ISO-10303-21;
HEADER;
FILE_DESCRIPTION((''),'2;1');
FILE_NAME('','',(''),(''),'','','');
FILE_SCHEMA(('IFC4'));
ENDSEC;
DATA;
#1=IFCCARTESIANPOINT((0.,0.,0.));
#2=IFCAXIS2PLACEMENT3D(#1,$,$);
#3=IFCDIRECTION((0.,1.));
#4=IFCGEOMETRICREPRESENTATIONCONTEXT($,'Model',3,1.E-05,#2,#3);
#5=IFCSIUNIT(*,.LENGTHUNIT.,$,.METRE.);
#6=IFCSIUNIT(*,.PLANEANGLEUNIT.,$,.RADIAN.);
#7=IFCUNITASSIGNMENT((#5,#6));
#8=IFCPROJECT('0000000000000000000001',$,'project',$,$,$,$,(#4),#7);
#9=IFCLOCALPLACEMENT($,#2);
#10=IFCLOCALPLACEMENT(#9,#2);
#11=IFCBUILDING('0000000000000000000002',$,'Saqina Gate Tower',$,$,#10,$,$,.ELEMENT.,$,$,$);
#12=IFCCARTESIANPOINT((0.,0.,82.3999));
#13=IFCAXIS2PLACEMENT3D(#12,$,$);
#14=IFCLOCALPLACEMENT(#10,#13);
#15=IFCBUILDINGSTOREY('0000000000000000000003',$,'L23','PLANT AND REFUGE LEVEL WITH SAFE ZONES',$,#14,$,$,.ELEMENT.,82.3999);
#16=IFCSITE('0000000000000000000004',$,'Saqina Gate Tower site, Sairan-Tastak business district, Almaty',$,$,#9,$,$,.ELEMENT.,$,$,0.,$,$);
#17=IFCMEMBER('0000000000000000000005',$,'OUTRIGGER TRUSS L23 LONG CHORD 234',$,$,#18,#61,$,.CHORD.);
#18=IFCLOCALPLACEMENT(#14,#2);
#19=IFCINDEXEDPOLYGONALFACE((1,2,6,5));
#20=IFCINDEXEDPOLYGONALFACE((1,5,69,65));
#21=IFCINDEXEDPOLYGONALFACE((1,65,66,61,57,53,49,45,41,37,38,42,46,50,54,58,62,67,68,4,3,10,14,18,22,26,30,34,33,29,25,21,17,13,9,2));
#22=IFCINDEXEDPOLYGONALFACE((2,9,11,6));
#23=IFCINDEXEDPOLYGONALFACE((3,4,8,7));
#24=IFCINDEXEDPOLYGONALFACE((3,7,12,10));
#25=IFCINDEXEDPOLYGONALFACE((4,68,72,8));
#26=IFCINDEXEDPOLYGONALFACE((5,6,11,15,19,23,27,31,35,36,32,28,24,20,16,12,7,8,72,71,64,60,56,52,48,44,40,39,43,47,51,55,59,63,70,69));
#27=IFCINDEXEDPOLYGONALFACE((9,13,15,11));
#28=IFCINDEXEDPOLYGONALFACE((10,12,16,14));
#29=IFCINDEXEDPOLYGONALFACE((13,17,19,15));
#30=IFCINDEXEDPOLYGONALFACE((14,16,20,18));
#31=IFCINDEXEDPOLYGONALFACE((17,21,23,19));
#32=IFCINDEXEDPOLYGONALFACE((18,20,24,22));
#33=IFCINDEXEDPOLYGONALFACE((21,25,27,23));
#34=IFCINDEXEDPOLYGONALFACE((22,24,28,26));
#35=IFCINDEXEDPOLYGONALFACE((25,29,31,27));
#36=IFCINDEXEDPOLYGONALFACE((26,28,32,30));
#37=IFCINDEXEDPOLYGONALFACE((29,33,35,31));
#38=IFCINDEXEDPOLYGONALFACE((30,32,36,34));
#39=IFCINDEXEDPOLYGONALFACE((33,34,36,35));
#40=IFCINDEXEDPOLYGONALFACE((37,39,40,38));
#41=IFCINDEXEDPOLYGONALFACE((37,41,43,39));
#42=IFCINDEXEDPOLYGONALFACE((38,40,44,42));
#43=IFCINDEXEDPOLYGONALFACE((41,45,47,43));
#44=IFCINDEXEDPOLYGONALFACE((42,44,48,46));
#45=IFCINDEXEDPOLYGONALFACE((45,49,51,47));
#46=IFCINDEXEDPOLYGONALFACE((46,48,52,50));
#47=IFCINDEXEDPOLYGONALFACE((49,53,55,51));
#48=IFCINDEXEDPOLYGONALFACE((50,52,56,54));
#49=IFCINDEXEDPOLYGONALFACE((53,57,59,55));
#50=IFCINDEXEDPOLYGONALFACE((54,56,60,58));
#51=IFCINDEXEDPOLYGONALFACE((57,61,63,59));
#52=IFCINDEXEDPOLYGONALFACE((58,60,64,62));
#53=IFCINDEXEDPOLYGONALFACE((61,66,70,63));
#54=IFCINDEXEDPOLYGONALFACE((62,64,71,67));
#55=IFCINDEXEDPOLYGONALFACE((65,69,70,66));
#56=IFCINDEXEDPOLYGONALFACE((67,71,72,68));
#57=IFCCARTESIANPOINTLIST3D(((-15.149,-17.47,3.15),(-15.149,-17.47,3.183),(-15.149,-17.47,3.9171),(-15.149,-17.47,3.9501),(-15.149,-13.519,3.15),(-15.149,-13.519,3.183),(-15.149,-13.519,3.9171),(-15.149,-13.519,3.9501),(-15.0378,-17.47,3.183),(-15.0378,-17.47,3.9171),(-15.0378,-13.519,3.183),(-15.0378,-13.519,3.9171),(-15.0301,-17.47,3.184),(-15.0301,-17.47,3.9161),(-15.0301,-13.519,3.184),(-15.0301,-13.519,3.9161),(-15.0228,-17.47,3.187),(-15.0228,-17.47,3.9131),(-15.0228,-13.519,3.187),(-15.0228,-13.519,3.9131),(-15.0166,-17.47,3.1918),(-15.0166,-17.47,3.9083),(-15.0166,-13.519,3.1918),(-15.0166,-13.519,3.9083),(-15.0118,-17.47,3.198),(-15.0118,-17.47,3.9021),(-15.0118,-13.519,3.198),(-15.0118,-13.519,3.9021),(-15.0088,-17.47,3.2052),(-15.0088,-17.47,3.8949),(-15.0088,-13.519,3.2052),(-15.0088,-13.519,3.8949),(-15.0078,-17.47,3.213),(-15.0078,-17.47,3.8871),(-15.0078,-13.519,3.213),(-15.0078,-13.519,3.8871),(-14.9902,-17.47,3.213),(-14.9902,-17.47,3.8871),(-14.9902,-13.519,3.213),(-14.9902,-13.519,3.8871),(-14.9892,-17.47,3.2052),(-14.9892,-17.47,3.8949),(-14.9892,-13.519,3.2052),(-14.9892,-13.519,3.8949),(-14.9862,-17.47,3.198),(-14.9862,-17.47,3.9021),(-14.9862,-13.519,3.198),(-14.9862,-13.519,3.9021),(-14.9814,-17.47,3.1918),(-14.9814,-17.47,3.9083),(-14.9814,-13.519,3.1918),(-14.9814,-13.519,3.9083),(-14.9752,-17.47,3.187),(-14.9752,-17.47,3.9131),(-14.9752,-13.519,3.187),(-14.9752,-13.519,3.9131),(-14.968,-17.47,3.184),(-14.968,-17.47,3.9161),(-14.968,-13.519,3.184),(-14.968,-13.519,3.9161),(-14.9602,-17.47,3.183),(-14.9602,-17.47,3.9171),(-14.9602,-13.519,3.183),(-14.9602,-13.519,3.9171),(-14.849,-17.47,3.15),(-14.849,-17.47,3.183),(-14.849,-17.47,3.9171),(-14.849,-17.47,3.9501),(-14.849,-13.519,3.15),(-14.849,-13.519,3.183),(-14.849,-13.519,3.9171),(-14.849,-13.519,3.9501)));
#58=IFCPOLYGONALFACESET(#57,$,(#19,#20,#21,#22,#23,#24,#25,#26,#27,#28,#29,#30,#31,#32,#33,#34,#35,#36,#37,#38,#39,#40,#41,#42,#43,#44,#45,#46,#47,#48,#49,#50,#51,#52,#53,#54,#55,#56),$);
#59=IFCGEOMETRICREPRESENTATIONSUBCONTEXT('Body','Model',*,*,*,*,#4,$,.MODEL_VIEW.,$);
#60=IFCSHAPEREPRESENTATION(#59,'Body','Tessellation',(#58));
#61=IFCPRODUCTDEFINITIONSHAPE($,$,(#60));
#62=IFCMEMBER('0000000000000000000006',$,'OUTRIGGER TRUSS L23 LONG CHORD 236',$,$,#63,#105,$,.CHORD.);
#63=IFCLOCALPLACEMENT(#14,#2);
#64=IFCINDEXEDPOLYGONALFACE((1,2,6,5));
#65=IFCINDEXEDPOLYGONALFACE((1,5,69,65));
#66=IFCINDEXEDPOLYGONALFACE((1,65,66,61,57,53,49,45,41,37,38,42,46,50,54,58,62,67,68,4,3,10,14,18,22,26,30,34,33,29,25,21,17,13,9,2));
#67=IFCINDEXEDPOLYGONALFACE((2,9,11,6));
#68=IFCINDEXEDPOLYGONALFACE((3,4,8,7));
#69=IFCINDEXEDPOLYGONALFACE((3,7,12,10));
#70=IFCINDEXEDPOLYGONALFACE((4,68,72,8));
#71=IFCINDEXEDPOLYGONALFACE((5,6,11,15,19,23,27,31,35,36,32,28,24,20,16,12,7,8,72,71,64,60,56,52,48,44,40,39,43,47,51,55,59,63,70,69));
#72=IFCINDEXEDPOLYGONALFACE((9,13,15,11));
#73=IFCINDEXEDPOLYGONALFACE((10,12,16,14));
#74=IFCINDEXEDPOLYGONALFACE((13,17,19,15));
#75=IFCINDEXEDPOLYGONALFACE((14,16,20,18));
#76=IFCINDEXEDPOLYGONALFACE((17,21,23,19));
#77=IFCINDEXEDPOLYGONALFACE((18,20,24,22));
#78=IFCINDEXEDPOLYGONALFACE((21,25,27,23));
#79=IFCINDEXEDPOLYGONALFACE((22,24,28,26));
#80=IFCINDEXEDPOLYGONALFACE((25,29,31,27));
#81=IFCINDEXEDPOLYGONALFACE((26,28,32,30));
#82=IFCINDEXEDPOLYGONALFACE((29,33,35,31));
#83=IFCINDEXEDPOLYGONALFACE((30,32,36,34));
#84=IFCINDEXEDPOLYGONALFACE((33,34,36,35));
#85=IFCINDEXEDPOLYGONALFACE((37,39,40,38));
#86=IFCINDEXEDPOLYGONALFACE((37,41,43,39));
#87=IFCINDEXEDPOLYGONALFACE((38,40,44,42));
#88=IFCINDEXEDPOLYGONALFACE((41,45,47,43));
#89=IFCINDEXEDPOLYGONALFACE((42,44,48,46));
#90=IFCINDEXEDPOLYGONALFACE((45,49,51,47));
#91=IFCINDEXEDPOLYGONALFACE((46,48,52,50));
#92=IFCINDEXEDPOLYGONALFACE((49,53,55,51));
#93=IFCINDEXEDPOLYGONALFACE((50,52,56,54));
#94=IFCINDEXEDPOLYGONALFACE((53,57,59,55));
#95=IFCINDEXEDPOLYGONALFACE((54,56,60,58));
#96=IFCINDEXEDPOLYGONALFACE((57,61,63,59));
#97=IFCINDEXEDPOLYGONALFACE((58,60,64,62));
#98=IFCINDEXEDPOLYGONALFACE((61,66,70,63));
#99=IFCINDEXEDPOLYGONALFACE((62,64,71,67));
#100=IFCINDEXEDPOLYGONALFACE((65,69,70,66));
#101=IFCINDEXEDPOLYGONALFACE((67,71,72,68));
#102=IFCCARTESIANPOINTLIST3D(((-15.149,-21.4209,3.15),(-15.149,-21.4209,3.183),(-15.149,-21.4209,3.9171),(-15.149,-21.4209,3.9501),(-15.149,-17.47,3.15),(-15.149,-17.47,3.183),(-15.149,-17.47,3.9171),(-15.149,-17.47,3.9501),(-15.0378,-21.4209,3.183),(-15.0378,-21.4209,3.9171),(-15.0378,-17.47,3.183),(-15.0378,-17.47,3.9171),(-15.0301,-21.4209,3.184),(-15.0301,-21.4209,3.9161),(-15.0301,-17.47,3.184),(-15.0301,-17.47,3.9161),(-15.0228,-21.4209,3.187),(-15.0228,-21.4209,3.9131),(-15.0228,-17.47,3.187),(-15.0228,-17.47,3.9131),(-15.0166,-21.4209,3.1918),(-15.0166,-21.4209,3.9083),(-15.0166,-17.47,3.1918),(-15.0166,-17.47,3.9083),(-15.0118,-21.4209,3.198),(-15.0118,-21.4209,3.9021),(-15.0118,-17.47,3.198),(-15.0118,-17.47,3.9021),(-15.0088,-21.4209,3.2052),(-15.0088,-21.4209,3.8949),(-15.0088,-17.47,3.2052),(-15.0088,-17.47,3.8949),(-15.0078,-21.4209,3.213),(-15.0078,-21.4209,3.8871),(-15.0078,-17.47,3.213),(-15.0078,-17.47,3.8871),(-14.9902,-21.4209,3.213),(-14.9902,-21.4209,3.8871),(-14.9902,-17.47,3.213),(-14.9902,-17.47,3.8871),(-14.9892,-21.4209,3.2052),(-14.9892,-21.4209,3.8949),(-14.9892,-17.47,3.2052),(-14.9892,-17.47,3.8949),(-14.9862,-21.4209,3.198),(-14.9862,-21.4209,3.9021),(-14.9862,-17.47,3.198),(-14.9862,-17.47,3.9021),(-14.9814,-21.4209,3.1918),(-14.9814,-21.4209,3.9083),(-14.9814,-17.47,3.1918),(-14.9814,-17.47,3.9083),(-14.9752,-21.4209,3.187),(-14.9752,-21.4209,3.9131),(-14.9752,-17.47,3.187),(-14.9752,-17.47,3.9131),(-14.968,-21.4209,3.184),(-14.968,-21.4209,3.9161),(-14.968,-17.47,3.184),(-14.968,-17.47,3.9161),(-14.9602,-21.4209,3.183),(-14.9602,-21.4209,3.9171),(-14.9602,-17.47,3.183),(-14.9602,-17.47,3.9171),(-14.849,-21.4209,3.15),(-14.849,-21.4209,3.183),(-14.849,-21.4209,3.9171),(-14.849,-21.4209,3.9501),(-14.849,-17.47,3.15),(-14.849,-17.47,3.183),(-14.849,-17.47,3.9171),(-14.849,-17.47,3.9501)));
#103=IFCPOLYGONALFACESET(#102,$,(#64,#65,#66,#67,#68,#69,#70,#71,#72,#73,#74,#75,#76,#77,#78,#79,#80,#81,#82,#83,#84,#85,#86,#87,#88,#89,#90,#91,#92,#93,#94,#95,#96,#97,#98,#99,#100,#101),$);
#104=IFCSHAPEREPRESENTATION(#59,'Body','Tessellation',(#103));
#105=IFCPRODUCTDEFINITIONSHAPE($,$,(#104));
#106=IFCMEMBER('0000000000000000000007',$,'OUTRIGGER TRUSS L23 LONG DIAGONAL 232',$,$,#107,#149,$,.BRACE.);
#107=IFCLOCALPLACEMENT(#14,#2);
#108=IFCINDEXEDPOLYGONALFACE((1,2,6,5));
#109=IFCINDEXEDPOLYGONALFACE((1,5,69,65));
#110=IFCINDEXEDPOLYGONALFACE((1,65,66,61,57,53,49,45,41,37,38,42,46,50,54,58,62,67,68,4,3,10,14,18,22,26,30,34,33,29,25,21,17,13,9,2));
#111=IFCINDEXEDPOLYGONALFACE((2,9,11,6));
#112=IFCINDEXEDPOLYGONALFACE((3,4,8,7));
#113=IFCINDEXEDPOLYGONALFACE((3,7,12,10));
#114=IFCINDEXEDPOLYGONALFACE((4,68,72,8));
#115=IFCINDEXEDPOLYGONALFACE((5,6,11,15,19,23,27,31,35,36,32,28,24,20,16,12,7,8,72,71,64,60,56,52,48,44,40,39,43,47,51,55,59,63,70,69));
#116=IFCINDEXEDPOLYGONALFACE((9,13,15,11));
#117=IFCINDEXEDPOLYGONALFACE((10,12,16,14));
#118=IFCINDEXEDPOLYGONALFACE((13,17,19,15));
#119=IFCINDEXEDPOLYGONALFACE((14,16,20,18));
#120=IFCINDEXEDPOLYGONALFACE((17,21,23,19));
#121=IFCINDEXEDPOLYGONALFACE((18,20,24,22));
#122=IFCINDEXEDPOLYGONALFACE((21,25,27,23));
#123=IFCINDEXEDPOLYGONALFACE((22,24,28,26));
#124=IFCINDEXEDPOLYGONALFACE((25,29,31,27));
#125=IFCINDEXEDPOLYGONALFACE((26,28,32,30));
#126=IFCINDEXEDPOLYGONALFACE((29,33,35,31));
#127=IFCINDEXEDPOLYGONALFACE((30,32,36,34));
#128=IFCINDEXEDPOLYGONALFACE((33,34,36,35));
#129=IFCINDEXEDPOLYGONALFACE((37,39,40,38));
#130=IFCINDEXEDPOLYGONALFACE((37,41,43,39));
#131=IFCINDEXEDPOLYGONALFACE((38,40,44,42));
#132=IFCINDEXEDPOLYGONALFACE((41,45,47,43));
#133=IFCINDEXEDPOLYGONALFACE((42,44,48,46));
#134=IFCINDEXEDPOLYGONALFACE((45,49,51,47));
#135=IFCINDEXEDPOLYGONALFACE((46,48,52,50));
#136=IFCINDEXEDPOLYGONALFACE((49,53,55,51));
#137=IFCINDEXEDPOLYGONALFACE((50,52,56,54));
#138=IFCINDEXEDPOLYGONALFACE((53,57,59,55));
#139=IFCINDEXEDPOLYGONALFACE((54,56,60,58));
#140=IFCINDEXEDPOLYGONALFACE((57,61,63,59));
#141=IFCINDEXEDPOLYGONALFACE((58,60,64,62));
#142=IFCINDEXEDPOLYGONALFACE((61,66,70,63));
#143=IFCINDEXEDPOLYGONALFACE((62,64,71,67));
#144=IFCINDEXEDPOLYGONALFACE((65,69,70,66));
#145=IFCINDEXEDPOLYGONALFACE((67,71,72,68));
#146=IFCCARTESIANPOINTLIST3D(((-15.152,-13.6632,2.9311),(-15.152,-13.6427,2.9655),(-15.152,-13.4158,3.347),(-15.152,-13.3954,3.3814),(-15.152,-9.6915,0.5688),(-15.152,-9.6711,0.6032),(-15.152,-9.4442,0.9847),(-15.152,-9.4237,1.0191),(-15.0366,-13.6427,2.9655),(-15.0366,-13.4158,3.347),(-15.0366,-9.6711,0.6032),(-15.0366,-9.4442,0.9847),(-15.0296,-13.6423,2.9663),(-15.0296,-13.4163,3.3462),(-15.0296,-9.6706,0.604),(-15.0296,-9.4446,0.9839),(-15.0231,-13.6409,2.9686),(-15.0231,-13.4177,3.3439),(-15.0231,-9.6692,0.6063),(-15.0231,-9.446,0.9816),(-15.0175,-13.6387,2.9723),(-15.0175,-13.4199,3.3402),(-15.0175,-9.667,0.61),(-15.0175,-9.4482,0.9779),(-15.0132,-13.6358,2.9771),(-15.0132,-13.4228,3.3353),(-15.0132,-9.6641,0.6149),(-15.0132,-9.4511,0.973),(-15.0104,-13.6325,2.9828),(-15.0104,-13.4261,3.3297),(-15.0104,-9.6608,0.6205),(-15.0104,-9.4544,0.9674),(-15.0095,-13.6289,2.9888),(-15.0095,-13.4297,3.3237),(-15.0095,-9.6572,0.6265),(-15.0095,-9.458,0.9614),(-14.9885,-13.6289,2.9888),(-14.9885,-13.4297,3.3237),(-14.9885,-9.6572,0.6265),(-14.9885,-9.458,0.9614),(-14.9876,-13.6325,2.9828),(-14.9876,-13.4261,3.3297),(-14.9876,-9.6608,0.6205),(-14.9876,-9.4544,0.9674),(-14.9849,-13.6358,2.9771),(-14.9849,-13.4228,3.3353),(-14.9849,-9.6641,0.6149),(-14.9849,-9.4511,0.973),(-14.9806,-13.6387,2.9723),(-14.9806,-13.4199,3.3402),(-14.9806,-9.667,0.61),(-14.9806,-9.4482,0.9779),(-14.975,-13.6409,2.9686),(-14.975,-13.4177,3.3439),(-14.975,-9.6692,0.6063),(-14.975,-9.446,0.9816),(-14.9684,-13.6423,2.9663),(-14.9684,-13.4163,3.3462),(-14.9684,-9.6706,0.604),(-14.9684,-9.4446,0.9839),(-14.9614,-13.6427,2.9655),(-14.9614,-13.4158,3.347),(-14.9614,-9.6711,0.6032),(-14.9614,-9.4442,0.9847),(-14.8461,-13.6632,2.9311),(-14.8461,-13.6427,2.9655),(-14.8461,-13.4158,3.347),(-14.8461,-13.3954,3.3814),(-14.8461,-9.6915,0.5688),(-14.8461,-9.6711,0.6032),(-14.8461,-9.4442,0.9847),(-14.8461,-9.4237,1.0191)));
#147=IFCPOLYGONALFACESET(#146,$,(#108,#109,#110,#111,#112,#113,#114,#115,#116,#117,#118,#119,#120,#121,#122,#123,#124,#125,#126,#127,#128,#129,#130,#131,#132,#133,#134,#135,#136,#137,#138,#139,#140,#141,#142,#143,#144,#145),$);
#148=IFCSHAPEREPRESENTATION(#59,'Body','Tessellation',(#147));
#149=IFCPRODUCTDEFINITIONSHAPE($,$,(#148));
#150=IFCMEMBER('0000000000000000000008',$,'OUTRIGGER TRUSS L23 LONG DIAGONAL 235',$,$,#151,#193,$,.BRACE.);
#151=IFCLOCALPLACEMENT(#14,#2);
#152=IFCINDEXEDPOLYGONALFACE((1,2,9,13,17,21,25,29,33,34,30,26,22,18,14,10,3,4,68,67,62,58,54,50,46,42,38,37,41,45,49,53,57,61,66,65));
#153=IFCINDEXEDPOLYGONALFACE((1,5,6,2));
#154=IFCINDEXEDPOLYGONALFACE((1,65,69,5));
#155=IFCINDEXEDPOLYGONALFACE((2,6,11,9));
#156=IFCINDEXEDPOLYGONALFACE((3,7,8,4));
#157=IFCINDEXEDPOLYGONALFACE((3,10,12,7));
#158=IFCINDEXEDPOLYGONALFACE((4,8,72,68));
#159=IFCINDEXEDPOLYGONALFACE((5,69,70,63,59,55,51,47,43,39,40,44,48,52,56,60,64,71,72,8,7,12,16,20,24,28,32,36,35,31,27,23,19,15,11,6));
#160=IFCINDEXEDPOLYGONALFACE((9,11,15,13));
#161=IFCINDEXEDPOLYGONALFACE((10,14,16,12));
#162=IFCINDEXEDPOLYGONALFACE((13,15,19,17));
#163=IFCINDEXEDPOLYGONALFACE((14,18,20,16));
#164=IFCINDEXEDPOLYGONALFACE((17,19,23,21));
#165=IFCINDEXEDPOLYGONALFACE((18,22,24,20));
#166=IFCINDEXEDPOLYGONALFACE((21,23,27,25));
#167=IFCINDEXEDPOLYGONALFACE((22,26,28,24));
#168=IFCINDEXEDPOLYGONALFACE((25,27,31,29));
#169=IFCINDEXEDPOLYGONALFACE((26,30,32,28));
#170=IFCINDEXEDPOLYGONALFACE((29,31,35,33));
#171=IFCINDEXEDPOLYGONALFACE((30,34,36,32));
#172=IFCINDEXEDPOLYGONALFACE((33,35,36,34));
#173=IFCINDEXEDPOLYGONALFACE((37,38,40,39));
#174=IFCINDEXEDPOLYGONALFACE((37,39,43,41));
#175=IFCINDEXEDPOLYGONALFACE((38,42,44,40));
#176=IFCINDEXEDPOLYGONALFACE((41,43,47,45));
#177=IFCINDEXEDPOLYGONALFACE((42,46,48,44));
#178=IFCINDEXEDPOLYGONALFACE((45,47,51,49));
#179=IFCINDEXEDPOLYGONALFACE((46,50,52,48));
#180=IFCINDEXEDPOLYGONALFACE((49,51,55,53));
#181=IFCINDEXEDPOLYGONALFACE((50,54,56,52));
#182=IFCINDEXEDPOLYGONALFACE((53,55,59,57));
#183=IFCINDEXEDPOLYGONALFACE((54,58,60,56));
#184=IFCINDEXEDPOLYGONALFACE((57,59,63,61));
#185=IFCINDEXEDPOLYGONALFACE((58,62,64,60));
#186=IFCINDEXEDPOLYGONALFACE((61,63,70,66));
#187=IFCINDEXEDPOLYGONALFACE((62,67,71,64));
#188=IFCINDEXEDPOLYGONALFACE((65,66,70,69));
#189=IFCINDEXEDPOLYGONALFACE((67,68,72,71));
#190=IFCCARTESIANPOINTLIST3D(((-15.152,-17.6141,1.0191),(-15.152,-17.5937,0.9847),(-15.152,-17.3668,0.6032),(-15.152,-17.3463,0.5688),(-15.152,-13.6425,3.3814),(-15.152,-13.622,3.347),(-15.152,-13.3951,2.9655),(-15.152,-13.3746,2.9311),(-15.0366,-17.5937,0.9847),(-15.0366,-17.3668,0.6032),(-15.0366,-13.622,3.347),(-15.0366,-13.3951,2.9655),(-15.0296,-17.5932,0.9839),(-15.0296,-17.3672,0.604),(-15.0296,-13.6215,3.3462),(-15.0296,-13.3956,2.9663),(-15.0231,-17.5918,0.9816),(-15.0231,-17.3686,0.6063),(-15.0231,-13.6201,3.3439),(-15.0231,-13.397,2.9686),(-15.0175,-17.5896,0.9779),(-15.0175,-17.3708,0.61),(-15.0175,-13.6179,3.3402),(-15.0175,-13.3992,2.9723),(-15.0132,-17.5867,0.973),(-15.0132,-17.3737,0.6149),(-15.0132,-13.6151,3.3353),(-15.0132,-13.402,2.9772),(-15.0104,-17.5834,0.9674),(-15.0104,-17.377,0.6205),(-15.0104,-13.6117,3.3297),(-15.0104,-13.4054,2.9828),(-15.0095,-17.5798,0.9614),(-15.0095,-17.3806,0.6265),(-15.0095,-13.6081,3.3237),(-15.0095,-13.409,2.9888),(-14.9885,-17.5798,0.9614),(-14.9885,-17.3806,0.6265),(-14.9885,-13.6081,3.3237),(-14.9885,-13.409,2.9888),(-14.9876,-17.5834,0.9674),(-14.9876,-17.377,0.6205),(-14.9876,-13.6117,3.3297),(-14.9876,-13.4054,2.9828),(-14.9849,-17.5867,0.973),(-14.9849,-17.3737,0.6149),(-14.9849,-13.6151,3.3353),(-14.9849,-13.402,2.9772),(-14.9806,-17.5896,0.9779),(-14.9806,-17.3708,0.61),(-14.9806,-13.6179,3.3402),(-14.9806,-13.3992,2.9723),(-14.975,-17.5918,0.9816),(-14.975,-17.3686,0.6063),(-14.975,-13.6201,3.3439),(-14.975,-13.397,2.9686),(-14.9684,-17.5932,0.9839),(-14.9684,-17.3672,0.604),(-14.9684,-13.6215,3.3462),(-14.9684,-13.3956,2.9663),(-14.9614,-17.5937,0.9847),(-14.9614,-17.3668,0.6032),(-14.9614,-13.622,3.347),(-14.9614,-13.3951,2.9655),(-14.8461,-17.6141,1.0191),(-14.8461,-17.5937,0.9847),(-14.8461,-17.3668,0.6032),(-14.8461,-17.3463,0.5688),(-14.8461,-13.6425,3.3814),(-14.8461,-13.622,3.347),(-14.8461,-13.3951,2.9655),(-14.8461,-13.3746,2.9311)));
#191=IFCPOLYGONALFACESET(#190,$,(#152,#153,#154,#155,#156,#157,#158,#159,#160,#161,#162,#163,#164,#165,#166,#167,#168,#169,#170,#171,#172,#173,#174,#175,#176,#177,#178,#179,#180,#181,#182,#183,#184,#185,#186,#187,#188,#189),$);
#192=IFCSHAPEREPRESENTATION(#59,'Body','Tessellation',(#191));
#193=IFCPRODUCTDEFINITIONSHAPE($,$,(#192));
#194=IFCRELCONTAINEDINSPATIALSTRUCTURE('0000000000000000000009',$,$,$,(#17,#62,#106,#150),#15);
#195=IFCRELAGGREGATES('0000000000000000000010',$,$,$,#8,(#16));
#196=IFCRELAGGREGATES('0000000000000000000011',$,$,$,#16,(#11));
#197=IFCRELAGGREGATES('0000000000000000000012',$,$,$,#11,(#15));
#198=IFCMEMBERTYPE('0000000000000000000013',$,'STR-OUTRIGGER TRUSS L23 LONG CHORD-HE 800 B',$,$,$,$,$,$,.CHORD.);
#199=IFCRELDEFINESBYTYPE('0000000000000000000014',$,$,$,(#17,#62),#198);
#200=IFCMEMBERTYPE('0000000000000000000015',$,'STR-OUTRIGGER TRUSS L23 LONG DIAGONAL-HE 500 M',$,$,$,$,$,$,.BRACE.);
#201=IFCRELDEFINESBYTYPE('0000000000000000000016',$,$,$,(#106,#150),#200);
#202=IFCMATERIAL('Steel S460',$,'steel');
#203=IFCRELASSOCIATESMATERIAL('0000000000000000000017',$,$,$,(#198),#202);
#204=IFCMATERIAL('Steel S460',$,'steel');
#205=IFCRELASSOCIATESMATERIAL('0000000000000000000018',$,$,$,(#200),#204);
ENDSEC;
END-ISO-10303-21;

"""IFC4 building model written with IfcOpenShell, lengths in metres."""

from ifc_helpers import new_model, si_unit, direction, frame, origin, origin_2d, place, context, subcontext, project, spatial, i_section, extrude, material, material_profile, profile_set, type_object, element, save


model = new_model("IFC4")

# Units and contexts
model_context = context("Model", 3, precision=1e-05, world=origin(), true_north=direction((0.0, 1.0)))
body_context = subcontext(model_context, "Body", "Model", "MODEL_VIEW")
ifc_project = project(units=[si_unit("LENGTHUNIT", "METRE"), si_unit("PLANEANGLEUNIT", "RADIAN")], contexts=[model_context])

# Site, building, storey
site_placement = place(None, origin())
site = spatial("IfcSite", under=ifc_project, at=site_placement, Name="Saqina Gate Tower site, Sairan-Tastak business district, Almaty", CompositionType="ELEMENT", RefElevation=0.0)
building_placement = place(site_placement, origin())
building = spatial("IfcBuilding", under=site, at=building_placement, Name="Saqina Gate Tower", CompositionType="ELEMENT")
storey_placement = place(building_placement, frame((0.0, 0.0, 82.3999)))
storey = spatial("IfcBuildingStorey", under=building, at=storey_placement, Name="L23", Description="PLANT AND REFUGE LEVEL WITH SAFE ZONES", CompositionType="ELEMENT", Elevation=82.3999)

# Members
ifc_material_1 = material(Name="Steel S460", Category="steel")
ifc_material_profile_1 = material_profile(ifc_material_1, i_section(OverallWidth=0.3, OverallDepth=0.8, WebThickness=0.0176, FlangeThickness=0.033, FilletRadius=0.03, at=origin_2d()), Name="HE 800 B")
ifc_profile_set_1 = profile_set([ifc_material_profile_1], Name="Steel S460")
member_type_1 = type_object("IfcMemberType", Name="STR-OUTRIGGER TRUSS L23 LONG CHORD-HE 800 B", PredefinedType="CHORD", material=ifc_profile_set_1)
for number, where, z_axis, x_axis, name in (
    (1, (-14.999, -13.519, 3.55), (0.0, -1.0, 0.0), (1.0, 0.0, 0.0), "OUTRIGGER TRUSS L23 LONG CHORD 234"),
    (2, (-14.999, -17.47, 3.55), (0.0, -1.0, 0.0), (1.0, 0.0, 0.0), "OUTRIGGER TRUSS L23 LONG CHORD 236"),
):
    element("IfcMember", number, at=place(storey_placement, frame(where, z_axis=z_axis, x_axis=x_axis)), inside=storey, type_object=member_type_1, Name=name, PredefinedType="CHORD", context=body_context, shape_type="SweptSolid", body=[
        extrude(i_section(OverallWidth=0.3, OverallDepth=0.8, WebThickness=0.0176, FlangeThickness=0.033, FilletRadius=0.03, at=origin_2d()), origin(), (0.0, 0.0, 1.0), 3.9509),
    ])
ifc_material_2 = material(Name="Steel S460", Category="steel")
ifc_material_profile_2 = material_profile(ifc_material_2, i_section(OverallWidth=0.3059, OverallDepth=0.5239, WebThickness=0.021, FlangeThickness=0.04, FilletRadius=0.0271, at=origin_2d()), Name="HE 500 M")
ifc_profile_set_2 = profile_set([ifc_material_profile_2], Name="Steel S460")
member_type_2 = type_object("IfcMemberType", Name="STR-OUTRIGGER TRUSS L23 LONG DIAGONAL-HE 500 M", PredefinedType="BRACE", material=ifc_profile_set_2)
for number, where, z_axis, x_axis, name in (
    (3, (-14.999, -9.5576, 0.7939), (0.0, -0.859463, 0.511198), (1.0, 0.0, 0.0), "OUTRIGGER TRUSS L23 LONG DIAGONAL 232"),
    (4, (-14.999, -13.5085, 3.1562), (0.0, -0.859463, -0.511198), (1.0, 0.0, 0.0), "OUTRIGGER TRUSS L23 LONG DIAGONAL 235"),
):
    element("IfcMember", number, at=place(storey_placement, frame(where, z_axis=z_axis, x_axis=x_axis)), inside=storey, type_object=member_type_2, Name=name, PredefinedType="BRACE", context=body_context, shape_type="SweptSolid", body=[
        extrude(i_section(OverallWidth=0.3059, OverallDepth=0.5239, WebThickness=0.021, FlangeThickness=0.04, FilletRadius=0.0271, at=origin_2d()), origin(), (0.0, 0.0, 1.0), 4.6211),
    ])

save(model, "model.ifc")
